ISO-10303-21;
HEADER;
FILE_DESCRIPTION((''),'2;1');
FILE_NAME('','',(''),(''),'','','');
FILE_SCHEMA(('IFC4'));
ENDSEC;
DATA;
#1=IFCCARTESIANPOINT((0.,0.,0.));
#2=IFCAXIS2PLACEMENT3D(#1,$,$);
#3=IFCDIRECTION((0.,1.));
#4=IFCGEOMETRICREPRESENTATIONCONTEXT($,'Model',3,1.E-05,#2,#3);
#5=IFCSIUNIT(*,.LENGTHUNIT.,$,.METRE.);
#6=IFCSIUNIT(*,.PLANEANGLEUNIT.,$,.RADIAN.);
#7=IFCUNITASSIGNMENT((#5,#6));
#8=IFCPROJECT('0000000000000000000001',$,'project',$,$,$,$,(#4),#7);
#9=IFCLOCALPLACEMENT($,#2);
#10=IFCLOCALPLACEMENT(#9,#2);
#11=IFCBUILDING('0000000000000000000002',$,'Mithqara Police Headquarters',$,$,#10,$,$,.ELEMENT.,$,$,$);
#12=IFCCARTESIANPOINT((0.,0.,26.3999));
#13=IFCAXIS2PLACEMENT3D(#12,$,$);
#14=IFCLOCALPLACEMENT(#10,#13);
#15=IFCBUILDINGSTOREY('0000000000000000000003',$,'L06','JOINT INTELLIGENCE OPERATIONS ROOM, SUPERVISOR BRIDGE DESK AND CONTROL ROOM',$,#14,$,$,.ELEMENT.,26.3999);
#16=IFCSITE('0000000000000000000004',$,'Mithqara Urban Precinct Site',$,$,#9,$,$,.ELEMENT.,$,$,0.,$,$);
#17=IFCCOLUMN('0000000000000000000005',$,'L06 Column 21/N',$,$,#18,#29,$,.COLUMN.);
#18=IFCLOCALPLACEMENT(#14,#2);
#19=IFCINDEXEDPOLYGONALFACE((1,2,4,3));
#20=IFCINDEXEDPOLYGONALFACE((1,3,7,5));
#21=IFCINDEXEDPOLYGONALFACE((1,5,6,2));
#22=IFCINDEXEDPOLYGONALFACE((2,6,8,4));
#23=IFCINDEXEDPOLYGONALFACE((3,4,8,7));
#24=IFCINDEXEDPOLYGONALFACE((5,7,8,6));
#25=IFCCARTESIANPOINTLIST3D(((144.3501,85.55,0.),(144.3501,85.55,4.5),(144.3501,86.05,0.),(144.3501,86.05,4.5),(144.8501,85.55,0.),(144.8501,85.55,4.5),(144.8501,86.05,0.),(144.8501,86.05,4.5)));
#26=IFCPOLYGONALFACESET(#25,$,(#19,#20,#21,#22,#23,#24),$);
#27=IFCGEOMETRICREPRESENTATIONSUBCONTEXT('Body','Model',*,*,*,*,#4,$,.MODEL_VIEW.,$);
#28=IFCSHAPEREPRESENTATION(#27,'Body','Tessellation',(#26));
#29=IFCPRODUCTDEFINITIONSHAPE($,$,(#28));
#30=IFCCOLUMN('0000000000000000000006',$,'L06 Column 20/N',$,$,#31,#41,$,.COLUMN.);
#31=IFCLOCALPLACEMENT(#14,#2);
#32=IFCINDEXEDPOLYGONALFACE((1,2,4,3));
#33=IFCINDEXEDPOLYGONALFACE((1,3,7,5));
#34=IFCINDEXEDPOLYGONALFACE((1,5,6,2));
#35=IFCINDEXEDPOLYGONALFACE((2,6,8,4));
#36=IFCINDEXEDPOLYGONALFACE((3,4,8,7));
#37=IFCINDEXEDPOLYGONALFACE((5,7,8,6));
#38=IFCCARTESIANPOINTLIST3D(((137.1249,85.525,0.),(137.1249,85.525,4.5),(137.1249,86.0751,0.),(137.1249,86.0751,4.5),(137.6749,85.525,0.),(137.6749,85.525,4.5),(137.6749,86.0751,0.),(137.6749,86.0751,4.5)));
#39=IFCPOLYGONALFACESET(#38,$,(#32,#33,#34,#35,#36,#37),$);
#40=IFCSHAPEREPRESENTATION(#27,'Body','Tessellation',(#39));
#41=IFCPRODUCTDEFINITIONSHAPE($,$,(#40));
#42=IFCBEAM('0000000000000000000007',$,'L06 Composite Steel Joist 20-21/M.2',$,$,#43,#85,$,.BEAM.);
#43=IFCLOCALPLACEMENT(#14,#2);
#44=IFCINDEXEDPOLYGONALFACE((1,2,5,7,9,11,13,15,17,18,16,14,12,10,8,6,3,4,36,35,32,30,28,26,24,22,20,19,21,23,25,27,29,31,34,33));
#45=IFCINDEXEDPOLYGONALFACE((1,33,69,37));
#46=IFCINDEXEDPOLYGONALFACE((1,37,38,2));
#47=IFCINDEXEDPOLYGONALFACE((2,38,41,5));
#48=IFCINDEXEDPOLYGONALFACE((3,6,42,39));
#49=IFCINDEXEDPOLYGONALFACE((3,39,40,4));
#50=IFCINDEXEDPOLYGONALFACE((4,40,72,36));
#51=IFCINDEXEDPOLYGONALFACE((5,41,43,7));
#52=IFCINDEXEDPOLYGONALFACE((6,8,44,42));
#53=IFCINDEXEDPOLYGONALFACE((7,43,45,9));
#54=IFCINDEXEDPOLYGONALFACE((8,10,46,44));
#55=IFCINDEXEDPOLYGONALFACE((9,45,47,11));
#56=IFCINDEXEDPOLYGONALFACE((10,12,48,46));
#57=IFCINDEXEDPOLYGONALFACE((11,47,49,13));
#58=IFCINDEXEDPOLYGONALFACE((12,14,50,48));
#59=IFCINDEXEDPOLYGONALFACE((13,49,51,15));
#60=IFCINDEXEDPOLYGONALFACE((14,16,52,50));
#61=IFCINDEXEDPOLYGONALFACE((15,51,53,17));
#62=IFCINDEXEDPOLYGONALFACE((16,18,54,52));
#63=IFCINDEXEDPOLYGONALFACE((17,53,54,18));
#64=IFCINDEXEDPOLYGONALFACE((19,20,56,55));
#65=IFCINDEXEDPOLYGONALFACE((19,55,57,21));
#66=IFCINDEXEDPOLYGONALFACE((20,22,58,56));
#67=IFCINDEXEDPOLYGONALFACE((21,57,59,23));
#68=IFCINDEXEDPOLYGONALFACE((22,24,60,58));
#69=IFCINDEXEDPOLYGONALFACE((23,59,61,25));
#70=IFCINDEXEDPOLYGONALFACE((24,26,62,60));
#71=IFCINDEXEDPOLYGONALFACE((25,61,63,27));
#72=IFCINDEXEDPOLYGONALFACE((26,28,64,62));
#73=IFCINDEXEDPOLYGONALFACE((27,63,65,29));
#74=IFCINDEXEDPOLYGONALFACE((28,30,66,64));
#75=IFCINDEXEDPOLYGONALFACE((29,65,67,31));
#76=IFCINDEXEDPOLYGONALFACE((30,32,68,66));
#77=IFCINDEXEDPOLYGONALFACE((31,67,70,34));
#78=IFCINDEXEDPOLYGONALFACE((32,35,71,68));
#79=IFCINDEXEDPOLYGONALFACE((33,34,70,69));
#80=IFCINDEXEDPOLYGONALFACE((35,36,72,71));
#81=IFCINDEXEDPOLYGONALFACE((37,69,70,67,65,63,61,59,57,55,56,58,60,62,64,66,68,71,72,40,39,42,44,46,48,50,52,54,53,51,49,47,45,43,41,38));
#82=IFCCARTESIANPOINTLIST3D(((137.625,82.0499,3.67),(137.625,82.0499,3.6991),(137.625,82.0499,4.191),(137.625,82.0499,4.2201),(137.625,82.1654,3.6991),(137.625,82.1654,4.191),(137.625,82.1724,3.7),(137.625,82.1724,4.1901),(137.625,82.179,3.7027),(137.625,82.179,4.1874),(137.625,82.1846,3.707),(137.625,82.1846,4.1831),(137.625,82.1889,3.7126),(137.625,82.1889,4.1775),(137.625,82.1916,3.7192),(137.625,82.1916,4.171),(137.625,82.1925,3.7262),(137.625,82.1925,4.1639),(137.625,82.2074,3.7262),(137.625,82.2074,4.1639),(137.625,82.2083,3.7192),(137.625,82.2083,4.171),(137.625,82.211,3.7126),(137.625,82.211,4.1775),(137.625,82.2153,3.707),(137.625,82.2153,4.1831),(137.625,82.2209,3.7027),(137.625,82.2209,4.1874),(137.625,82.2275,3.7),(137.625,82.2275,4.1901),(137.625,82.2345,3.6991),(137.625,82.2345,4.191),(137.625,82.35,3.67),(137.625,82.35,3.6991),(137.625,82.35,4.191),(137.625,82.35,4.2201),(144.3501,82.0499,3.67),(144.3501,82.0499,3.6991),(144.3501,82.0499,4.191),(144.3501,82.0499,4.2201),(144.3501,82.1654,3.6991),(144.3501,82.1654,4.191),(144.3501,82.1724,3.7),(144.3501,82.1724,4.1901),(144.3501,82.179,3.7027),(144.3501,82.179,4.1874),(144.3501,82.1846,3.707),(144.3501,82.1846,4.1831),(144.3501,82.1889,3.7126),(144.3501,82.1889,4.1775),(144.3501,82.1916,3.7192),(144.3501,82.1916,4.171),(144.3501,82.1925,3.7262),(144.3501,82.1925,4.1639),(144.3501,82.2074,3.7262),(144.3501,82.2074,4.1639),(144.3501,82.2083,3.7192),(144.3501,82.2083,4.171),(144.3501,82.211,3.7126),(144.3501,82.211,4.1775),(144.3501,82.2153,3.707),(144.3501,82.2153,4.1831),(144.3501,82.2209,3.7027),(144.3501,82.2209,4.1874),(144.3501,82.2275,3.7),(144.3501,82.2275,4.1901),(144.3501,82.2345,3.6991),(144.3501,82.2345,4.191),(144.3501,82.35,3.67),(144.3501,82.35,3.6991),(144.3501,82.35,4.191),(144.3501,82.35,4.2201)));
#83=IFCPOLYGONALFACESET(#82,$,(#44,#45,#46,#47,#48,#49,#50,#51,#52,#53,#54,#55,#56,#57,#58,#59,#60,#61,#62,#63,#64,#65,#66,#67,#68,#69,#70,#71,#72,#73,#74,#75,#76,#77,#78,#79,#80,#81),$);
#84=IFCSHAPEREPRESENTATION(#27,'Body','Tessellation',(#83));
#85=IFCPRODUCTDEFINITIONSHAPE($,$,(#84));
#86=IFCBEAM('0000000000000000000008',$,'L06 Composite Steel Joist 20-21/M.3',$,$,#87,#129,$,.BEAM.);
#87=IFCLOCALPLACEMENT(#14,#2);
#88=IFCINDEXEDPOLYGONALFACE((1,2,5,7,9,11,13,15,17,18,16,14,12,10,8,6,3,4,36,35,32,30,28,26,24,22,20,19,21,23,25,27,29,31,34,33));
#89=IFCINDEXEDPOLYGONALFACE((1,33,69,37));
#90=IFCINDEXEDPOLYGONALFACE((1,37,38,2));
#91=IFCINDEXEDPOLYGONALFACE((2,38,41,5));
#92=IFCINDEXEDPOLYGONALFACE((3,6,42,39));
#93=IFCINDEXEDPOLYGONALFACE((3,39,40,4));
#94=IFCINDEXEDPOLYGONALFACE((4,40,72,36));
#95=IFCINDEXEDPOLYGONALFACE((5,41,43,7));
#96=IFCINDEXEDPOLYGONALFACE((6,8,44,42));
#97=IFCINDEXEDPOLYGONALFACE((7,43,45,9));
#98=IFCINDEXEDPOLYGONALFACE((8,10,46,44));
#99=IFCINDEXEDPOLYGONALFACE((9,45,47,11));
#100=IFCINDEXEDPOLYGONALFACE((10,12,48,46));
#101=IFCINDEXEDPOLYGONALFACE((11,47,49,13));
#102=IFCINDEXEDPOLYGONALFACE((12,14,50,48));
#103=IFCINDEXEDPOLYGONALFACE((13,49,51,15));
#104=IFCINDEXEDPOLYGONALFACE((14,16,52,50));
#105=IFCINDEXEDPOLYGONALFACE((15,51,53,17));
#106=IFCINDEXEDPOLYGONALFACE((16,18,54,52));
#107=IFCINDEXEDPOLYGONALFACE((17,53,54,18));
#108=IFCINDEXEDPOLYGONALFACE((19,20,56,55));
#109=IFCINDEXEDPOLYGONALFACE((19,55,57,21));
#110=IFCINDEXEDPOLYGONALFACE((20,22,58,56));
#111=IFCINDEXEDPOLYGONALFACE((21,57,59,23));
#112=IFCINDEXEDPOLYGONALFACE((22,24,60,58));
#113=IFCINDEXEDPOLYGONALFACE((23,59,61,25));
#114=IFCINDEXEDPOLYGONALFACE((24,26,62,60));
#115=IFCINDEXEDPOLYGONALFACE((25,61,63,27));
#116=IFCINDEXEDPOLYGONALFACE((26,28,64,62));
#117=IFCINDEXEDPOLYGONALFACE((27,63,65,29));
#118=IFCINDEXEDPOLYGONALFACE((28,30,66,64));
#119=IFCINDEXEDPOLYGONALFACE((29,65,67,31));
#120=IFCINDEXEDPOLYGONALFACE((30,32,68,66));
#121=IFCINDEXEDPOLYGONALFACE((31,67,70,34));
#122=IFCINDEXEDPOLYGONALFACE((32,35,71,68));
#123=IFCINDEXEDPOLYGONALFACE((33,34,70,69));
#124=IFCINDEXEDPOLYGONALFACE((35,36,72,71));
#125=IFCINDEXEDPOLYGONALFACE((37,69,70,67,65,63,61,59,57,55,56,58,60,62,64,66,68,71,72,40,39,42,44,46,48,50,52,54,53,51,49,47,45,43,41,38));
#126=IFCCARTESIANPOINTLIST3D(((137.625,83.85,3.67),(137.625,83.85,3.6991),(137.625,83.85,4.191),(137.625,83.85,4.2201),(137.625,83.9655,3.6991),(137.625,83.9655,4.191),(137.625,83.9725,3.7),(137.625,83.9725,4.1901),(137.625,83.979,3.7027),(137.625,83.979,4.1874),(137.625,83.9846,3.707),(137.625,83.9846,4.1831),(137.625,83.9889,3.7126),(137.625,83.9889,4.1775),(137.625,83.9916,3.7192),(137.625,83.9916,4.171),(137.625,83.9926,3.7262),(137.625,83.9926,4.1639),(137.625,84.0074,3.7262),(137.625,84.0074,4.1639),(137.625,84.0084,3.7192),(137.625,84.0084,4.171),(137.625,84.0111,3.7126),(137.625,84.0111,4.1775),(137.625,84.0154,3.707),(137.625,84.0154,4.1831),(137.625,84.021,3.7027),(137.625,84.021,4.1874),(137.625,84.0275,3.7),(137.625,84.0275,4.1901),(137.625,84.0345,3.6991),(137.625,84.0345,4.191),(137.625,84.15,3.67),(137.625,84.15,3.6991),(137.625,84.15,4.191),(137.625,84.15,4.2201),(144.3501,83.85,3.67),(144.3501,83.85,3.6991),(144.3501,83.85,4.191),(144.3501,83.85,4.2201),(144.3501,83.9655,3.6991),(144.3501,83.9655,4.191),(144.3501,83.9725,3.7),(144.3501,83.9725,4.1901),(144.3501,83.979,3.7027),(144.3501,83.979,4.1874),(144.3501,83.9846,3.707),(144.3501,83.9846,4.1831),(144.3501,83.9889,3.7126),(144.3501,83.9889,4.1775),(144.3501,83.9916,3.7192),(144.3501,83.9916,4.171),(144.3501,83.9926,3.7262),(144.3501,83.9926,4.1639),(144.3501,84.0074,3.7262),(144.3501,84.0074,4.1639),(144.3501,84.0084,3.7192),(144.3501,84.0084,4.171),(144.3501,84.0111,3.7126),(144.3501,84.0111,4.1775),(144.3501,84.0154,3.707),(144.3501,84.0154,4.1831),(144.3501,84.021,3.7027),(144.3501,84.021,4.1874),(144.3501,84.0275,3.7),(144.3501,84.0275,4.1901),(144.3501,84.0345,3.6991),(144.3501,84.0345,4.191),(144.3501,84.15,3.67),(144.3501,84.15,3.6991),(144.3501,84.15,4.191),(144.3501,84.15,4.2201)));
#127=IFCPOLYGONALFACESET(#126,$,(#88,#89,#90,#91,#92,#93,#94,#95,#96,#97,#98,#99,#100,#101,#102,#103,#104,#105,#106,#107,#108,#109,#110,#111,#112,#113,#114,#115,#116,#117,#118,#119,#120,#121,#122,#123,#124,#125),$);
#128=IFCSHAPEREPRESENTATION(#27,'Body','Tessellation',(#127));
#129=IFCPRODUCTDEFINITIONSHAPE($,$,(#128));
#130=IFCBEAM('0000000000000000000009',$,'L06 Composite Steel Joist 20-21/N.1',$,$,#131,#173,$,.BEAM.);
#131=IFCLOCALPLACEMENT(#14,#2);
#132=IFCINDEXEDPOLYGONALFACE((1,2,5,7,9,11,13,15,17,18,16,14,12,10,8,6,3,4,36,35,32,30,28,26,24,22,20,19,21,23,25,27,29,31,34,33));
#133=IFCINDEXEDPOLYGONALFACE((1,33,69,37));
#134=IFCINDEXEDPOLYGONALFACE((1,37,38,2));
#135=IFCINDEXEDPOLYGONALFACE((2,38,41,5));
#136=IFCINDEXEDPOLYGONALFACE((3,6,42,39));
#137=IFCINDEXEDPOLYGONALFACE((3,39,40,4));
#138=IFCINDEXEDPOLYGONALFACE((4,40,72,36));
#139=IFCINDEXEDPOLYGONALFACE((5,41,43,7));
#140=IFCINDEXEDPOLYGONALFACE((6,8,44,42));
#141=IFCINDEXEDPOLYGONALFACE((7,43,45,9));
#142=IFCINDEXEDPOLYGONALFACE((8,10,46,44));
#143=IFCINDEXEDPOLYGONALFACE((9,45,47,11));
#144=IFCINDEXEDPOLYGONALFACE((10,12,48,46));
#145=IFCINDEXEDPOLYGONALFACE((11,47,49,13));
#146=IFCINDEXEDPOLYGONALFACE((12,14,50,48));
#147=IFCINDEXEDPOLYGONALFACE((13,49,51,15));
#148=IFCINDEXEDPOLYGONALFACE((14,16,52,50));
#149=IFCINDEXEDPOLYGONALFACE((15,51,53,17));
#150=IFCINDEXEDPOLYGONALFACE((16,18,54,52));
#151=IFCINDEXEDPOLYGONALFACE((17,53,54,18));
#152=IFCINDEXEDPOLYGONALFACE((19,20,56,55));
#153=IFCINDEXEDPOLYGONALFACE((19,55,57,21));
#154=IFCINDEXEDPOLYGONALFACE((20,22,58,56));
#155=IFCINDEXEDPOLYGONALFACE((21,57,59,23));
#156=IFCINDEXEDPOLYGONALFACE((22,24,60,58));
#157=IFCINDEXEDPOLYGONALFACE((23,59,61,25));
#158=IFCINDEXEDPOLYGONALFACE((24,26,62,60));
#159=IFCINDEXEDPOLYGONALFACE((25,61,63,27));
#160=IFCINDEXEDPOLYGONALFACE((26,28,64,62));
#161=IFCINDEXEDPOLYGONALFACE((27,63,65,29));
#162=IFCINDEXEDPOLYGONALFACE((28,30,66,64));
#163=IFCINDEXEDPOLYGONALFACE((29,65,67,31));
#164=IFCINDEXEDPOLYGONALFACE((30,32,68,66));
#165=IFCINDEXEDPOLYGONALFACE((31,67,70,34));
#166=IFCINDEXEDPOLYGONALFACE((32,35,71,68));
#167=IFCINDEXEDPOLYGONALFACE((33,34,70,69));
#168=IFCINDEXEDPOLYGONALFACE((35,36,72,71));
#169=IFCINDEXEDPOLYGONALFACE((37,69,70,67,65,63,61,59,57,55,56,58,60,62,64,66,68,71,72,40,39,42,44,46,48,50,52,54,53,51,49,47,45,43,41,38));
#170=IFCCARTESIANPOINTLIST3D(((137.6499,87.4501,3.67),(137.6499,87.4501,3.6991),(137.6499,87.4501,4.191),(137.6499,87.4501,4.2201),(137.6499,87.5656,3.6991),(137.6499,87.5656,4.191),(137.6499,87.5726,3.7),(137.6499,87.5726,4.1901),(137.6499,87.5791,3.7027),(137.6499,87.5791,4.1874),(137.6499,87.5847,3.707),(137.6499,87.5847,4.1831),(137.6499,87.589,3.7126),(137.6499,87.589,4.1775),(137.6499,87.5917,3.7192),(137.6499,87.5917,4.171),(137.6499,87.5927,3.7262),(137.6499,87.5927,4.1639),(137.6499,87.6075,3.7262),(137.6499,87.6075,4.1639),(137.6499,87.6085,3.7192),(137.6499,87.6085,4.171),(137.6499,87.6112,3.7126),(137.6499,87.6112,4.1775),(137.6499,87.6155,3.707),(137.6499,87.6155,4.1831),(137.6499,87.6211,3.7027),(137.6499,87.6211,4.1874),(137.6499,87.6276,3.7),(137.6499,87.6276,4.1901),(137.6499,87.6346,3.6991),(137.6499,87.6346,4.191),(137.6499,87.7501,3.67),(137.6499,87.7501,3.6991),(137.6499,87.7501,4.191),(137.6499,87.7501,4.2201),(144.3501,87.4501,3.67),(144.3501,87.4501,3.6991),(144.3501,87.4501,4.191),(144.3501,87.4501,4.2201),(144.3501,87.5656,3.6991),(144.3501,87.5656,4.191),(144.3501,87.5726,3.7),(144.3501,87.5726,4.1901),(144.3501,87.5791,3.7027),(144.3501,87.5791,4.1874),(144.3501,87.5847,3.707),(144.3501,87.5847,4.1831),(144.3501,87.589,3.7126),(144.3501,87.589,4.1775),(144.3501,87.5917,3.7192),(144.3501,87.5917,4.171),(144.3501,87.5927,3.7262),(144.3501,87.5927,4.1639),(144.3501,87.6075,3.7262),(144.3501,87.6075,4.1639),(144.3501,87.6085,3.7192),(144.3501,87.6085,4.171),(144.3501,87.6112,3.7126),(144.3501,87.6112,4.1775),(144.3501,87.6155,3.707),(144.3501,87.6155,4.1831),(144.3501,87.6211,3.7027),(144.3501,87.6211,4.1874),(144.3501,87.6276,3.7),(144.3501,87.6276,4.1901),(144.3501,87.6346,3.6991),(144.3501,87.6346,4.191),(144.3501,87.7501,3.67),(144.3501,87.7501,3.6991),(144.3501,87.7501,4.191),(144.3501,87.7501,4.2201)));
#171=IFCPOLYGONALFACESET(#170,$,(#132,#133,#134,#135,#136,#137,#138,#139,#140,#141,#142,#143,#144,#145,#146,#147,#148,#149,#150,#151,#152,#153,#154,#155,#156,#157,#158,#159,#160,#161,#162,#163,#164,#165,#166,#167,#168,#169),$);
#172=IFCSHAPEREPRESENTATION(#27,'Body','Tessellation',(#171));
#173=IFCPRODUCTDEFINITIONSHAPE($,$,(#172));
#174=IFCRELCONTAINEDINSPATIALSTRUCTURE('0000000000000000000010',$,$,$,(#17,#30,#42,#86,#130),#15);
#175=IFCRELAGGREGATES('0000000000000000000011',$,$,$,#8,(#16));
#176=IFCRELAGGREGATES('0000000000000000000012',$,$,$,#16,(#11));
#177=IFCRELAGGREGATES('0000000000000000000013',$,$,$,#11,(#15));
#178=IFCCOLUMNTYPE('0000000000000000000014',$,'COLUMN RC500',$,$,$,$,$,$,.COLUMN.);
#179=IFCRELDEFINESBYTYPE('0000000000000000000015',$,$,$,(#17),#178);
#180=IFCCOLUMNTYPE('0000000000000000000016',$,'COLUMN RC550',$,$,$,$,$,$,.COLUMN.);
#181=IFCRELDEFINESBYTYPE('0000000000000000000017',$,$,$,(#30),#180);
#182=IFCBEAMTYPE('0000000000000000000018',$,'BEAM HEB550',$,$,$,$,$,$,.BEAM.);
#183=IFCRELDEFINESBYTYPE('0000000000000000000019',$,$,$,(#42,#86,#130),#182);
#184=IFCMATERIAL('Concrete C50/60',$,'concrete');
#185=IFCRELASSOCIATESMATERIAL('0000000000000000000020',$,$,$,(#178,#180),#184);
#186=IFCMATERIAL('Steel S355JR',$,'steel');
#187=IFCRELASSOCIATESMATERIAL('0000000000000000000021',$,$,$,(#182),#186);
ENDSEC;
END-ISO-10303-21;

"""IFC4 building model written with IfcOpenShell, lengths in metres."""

from ifc_helpers import new_model, si_unit, direction, frame, origin, origin_2d, place, context, subcontext, project, spatial, rectangle, i_section, extrude, material, material_profile, profile_set, type_object, element, save


model = new_model("IFC4")

# Units and contexts
model_context = context("Model", 3, precision=1e-05, world=origin(), true_north=direction((0.0, 1.0)))
body_context = subcontext(model_context, "Body", "Model", "MODEL_VIEW")
ifc_project = project(units=[si_unit("LENGTHUNIT", "METRE"), si_unit("PLANEANGLEUNIT", "RADIAN")], contexts=[model_context])

# Site, building, storey
site_placement = place(None, origin())
site = spatial("IfcSite", under=ifc_project, at=site_placement, Name="Mithqara Urban Precinct Site", CompositionType="ELEMENT", RefElevation=0.0)
building_placement = place(site_placement, origin())
building = spatial("IfcBuilding", under=site, at=building_placement, Name="Mithqara Police Headquarters", CompositionType="ELEMENT")
storey_placement = place(building_placement, frame((0.0, 0.0, 26.3999)))
storey = spatial("IfcBuildingStorey", under=building, at=storey_placement, Name="L06", Description="JOINT INTELLIGENCE OPERATIONS ROOM, SUPERVISOR BRIDGE DESK AND CONTROL ROOM", CompositionType="ELEMENT", Elevation=26.3999)

# Columns
ifc_material_1 = material(Name="Concrete C50/60", Category="concrete")
ifc_material_profile_1 = material_profile(ifc_material_1, rectangle(XDim=0.5, YDim=0.5, at=origin_2d()), Name="RC 500x500")
ifc_profile_set_1 = profile_set([ifc_material_profile_1], Name="Concrete C50/60")
column_type_1 = type_object("IfcColumnType", Name="COLUMN RC500", PredefinedType="COLUMN", material=ifc_profile_set_1)
column_1_placement = place(storey_placement, frame((144.6001, 85.8, 0.0), z_axis=(0.0, 0.0, 1.0), x_axis=(1.0, 0.0, 0.0)))
element("IfcColumn", 1, at=column_1_placement, inside=storey, type_object=column_type_1, Name="L06 Column 21/N", PredefinedType="COLUMN", context=body_context, shape_type="SweptSolid", body=[
    extrude(rectangle(XDim=0.5, YDim=0.5, at=origin_2d()), origin(), (0.0, 0.0, 1.0), 4.5),
])
ifc_material_profile_2 = material_profile(ifc_material_1, rectangle(XDim=0.55, YDim=0.55, at=origin_2d()), Name="RC 550x550")
ifc_profile_set_2 = profile_set([ifc_material_profile_2], Name="Concrete C50/60")
column_type_2 = type_object("IfcColumnType", Name="COLUMN RC550", PredefinedType="COLUMN", material=ifc_profile_set_2)
column_2_placement = place(storey_placement, frame((137.3999, 85.8, 0.0), z_axis=(0.0, 0.0, 1.0), x_axis=(1.0, 0.0, 0.0)))
element("IfcColumn", 2, at=column_2_placement, inside=storey, type_object=column_type_2, Name="L06 Column 20/N", PredefinedType="COLUMN", context=body_context, shape_type="SweptSolid", body=[
    extrude(rectangle(XDim=0.55, YDim=0.55, at=origin_2d()), origin(), (0.0, 0.0, 1.0), 4.5),
])

# Beams
ifc_material_2 = material(Name="Steel S355JR", Category="steel")
ifc_material_profile_3 = material_profile(ifc_material_2, i_section(OverallWidth=0.3, OverallDepth=0.55, WebThickness=0.0149, FlangeThickness=0.0291, FilletRadius=0.0271, at=origin_2d()), Name="HEB 550")
ifc_profile_set_3 = profile_set([ifc_material_profile_3], Name="Steel S355JR")
beam_type_1 = type_object("IfcBeamType", Name="BEAM HEB550", PredefinedType="BEAM", material=ifc_profile_set_3)
for number, where, z_axis, x_axis, name in (
    (3, (137.625, 82.2, 3.9451), (1.0, 0.0, 0.0), (0.0, 1.0, 0.0), "L06 Composite Steel Joist 20-21/M.2"),
    (4, (137.625, 84.0, 3.9451), (1.0, 0.0, 0.0), (0.0, 1.0, 0.0), "L06 Composite Steel Joist 20-21/M.3"),
):
    element("IfcBeam", number, at=place(storey_placement, frame(where, z_axis=z_axis, x_axis=x_axis)), inside=storey, type_object=beam_type_1, Name=name, PredefinedType="BEAM", context=body_context, shape_type="SweptSolid", body=[
        extrude(i_section(OverallWidth=0.3, OverallDepth=0.55, WebThickness=0.0149, FlangeThickness=0.0291, FilletRadius=0.0271, at=origin_2d()), origin(), (0.0, 0.0, 1.0), 6.7251),
    ])
for number, where, z_axis, x_axis, name in (
    (5, (137.6499, 87.6001, 3.9451), (1.0, 0.0, 0.0), (0.0, 1.0, 0.0), "L06 Composite Steel Joist 20-21/N.1"),
):
    element("IfcBeam", number, at=place(storey_placement, frame(where, z_axis=z_axis, x_axis=x_axis)), inside=storey, type_object=beam_type_1, Name=name, PredefinedType="BEAM", context=body_context, shape_type="SweptSolid", body=[
        extrude(i_section(OverallWidth=0.3, OverallDepth=0.55, WebThickness=0.0149, FlangeThickness=0.0291, FilletRadius=0.0271, at=origin_2d()), origin(), (0.0, 0.0, 1.0), 6.7002),
    ])

save(model, "model.ifc")
